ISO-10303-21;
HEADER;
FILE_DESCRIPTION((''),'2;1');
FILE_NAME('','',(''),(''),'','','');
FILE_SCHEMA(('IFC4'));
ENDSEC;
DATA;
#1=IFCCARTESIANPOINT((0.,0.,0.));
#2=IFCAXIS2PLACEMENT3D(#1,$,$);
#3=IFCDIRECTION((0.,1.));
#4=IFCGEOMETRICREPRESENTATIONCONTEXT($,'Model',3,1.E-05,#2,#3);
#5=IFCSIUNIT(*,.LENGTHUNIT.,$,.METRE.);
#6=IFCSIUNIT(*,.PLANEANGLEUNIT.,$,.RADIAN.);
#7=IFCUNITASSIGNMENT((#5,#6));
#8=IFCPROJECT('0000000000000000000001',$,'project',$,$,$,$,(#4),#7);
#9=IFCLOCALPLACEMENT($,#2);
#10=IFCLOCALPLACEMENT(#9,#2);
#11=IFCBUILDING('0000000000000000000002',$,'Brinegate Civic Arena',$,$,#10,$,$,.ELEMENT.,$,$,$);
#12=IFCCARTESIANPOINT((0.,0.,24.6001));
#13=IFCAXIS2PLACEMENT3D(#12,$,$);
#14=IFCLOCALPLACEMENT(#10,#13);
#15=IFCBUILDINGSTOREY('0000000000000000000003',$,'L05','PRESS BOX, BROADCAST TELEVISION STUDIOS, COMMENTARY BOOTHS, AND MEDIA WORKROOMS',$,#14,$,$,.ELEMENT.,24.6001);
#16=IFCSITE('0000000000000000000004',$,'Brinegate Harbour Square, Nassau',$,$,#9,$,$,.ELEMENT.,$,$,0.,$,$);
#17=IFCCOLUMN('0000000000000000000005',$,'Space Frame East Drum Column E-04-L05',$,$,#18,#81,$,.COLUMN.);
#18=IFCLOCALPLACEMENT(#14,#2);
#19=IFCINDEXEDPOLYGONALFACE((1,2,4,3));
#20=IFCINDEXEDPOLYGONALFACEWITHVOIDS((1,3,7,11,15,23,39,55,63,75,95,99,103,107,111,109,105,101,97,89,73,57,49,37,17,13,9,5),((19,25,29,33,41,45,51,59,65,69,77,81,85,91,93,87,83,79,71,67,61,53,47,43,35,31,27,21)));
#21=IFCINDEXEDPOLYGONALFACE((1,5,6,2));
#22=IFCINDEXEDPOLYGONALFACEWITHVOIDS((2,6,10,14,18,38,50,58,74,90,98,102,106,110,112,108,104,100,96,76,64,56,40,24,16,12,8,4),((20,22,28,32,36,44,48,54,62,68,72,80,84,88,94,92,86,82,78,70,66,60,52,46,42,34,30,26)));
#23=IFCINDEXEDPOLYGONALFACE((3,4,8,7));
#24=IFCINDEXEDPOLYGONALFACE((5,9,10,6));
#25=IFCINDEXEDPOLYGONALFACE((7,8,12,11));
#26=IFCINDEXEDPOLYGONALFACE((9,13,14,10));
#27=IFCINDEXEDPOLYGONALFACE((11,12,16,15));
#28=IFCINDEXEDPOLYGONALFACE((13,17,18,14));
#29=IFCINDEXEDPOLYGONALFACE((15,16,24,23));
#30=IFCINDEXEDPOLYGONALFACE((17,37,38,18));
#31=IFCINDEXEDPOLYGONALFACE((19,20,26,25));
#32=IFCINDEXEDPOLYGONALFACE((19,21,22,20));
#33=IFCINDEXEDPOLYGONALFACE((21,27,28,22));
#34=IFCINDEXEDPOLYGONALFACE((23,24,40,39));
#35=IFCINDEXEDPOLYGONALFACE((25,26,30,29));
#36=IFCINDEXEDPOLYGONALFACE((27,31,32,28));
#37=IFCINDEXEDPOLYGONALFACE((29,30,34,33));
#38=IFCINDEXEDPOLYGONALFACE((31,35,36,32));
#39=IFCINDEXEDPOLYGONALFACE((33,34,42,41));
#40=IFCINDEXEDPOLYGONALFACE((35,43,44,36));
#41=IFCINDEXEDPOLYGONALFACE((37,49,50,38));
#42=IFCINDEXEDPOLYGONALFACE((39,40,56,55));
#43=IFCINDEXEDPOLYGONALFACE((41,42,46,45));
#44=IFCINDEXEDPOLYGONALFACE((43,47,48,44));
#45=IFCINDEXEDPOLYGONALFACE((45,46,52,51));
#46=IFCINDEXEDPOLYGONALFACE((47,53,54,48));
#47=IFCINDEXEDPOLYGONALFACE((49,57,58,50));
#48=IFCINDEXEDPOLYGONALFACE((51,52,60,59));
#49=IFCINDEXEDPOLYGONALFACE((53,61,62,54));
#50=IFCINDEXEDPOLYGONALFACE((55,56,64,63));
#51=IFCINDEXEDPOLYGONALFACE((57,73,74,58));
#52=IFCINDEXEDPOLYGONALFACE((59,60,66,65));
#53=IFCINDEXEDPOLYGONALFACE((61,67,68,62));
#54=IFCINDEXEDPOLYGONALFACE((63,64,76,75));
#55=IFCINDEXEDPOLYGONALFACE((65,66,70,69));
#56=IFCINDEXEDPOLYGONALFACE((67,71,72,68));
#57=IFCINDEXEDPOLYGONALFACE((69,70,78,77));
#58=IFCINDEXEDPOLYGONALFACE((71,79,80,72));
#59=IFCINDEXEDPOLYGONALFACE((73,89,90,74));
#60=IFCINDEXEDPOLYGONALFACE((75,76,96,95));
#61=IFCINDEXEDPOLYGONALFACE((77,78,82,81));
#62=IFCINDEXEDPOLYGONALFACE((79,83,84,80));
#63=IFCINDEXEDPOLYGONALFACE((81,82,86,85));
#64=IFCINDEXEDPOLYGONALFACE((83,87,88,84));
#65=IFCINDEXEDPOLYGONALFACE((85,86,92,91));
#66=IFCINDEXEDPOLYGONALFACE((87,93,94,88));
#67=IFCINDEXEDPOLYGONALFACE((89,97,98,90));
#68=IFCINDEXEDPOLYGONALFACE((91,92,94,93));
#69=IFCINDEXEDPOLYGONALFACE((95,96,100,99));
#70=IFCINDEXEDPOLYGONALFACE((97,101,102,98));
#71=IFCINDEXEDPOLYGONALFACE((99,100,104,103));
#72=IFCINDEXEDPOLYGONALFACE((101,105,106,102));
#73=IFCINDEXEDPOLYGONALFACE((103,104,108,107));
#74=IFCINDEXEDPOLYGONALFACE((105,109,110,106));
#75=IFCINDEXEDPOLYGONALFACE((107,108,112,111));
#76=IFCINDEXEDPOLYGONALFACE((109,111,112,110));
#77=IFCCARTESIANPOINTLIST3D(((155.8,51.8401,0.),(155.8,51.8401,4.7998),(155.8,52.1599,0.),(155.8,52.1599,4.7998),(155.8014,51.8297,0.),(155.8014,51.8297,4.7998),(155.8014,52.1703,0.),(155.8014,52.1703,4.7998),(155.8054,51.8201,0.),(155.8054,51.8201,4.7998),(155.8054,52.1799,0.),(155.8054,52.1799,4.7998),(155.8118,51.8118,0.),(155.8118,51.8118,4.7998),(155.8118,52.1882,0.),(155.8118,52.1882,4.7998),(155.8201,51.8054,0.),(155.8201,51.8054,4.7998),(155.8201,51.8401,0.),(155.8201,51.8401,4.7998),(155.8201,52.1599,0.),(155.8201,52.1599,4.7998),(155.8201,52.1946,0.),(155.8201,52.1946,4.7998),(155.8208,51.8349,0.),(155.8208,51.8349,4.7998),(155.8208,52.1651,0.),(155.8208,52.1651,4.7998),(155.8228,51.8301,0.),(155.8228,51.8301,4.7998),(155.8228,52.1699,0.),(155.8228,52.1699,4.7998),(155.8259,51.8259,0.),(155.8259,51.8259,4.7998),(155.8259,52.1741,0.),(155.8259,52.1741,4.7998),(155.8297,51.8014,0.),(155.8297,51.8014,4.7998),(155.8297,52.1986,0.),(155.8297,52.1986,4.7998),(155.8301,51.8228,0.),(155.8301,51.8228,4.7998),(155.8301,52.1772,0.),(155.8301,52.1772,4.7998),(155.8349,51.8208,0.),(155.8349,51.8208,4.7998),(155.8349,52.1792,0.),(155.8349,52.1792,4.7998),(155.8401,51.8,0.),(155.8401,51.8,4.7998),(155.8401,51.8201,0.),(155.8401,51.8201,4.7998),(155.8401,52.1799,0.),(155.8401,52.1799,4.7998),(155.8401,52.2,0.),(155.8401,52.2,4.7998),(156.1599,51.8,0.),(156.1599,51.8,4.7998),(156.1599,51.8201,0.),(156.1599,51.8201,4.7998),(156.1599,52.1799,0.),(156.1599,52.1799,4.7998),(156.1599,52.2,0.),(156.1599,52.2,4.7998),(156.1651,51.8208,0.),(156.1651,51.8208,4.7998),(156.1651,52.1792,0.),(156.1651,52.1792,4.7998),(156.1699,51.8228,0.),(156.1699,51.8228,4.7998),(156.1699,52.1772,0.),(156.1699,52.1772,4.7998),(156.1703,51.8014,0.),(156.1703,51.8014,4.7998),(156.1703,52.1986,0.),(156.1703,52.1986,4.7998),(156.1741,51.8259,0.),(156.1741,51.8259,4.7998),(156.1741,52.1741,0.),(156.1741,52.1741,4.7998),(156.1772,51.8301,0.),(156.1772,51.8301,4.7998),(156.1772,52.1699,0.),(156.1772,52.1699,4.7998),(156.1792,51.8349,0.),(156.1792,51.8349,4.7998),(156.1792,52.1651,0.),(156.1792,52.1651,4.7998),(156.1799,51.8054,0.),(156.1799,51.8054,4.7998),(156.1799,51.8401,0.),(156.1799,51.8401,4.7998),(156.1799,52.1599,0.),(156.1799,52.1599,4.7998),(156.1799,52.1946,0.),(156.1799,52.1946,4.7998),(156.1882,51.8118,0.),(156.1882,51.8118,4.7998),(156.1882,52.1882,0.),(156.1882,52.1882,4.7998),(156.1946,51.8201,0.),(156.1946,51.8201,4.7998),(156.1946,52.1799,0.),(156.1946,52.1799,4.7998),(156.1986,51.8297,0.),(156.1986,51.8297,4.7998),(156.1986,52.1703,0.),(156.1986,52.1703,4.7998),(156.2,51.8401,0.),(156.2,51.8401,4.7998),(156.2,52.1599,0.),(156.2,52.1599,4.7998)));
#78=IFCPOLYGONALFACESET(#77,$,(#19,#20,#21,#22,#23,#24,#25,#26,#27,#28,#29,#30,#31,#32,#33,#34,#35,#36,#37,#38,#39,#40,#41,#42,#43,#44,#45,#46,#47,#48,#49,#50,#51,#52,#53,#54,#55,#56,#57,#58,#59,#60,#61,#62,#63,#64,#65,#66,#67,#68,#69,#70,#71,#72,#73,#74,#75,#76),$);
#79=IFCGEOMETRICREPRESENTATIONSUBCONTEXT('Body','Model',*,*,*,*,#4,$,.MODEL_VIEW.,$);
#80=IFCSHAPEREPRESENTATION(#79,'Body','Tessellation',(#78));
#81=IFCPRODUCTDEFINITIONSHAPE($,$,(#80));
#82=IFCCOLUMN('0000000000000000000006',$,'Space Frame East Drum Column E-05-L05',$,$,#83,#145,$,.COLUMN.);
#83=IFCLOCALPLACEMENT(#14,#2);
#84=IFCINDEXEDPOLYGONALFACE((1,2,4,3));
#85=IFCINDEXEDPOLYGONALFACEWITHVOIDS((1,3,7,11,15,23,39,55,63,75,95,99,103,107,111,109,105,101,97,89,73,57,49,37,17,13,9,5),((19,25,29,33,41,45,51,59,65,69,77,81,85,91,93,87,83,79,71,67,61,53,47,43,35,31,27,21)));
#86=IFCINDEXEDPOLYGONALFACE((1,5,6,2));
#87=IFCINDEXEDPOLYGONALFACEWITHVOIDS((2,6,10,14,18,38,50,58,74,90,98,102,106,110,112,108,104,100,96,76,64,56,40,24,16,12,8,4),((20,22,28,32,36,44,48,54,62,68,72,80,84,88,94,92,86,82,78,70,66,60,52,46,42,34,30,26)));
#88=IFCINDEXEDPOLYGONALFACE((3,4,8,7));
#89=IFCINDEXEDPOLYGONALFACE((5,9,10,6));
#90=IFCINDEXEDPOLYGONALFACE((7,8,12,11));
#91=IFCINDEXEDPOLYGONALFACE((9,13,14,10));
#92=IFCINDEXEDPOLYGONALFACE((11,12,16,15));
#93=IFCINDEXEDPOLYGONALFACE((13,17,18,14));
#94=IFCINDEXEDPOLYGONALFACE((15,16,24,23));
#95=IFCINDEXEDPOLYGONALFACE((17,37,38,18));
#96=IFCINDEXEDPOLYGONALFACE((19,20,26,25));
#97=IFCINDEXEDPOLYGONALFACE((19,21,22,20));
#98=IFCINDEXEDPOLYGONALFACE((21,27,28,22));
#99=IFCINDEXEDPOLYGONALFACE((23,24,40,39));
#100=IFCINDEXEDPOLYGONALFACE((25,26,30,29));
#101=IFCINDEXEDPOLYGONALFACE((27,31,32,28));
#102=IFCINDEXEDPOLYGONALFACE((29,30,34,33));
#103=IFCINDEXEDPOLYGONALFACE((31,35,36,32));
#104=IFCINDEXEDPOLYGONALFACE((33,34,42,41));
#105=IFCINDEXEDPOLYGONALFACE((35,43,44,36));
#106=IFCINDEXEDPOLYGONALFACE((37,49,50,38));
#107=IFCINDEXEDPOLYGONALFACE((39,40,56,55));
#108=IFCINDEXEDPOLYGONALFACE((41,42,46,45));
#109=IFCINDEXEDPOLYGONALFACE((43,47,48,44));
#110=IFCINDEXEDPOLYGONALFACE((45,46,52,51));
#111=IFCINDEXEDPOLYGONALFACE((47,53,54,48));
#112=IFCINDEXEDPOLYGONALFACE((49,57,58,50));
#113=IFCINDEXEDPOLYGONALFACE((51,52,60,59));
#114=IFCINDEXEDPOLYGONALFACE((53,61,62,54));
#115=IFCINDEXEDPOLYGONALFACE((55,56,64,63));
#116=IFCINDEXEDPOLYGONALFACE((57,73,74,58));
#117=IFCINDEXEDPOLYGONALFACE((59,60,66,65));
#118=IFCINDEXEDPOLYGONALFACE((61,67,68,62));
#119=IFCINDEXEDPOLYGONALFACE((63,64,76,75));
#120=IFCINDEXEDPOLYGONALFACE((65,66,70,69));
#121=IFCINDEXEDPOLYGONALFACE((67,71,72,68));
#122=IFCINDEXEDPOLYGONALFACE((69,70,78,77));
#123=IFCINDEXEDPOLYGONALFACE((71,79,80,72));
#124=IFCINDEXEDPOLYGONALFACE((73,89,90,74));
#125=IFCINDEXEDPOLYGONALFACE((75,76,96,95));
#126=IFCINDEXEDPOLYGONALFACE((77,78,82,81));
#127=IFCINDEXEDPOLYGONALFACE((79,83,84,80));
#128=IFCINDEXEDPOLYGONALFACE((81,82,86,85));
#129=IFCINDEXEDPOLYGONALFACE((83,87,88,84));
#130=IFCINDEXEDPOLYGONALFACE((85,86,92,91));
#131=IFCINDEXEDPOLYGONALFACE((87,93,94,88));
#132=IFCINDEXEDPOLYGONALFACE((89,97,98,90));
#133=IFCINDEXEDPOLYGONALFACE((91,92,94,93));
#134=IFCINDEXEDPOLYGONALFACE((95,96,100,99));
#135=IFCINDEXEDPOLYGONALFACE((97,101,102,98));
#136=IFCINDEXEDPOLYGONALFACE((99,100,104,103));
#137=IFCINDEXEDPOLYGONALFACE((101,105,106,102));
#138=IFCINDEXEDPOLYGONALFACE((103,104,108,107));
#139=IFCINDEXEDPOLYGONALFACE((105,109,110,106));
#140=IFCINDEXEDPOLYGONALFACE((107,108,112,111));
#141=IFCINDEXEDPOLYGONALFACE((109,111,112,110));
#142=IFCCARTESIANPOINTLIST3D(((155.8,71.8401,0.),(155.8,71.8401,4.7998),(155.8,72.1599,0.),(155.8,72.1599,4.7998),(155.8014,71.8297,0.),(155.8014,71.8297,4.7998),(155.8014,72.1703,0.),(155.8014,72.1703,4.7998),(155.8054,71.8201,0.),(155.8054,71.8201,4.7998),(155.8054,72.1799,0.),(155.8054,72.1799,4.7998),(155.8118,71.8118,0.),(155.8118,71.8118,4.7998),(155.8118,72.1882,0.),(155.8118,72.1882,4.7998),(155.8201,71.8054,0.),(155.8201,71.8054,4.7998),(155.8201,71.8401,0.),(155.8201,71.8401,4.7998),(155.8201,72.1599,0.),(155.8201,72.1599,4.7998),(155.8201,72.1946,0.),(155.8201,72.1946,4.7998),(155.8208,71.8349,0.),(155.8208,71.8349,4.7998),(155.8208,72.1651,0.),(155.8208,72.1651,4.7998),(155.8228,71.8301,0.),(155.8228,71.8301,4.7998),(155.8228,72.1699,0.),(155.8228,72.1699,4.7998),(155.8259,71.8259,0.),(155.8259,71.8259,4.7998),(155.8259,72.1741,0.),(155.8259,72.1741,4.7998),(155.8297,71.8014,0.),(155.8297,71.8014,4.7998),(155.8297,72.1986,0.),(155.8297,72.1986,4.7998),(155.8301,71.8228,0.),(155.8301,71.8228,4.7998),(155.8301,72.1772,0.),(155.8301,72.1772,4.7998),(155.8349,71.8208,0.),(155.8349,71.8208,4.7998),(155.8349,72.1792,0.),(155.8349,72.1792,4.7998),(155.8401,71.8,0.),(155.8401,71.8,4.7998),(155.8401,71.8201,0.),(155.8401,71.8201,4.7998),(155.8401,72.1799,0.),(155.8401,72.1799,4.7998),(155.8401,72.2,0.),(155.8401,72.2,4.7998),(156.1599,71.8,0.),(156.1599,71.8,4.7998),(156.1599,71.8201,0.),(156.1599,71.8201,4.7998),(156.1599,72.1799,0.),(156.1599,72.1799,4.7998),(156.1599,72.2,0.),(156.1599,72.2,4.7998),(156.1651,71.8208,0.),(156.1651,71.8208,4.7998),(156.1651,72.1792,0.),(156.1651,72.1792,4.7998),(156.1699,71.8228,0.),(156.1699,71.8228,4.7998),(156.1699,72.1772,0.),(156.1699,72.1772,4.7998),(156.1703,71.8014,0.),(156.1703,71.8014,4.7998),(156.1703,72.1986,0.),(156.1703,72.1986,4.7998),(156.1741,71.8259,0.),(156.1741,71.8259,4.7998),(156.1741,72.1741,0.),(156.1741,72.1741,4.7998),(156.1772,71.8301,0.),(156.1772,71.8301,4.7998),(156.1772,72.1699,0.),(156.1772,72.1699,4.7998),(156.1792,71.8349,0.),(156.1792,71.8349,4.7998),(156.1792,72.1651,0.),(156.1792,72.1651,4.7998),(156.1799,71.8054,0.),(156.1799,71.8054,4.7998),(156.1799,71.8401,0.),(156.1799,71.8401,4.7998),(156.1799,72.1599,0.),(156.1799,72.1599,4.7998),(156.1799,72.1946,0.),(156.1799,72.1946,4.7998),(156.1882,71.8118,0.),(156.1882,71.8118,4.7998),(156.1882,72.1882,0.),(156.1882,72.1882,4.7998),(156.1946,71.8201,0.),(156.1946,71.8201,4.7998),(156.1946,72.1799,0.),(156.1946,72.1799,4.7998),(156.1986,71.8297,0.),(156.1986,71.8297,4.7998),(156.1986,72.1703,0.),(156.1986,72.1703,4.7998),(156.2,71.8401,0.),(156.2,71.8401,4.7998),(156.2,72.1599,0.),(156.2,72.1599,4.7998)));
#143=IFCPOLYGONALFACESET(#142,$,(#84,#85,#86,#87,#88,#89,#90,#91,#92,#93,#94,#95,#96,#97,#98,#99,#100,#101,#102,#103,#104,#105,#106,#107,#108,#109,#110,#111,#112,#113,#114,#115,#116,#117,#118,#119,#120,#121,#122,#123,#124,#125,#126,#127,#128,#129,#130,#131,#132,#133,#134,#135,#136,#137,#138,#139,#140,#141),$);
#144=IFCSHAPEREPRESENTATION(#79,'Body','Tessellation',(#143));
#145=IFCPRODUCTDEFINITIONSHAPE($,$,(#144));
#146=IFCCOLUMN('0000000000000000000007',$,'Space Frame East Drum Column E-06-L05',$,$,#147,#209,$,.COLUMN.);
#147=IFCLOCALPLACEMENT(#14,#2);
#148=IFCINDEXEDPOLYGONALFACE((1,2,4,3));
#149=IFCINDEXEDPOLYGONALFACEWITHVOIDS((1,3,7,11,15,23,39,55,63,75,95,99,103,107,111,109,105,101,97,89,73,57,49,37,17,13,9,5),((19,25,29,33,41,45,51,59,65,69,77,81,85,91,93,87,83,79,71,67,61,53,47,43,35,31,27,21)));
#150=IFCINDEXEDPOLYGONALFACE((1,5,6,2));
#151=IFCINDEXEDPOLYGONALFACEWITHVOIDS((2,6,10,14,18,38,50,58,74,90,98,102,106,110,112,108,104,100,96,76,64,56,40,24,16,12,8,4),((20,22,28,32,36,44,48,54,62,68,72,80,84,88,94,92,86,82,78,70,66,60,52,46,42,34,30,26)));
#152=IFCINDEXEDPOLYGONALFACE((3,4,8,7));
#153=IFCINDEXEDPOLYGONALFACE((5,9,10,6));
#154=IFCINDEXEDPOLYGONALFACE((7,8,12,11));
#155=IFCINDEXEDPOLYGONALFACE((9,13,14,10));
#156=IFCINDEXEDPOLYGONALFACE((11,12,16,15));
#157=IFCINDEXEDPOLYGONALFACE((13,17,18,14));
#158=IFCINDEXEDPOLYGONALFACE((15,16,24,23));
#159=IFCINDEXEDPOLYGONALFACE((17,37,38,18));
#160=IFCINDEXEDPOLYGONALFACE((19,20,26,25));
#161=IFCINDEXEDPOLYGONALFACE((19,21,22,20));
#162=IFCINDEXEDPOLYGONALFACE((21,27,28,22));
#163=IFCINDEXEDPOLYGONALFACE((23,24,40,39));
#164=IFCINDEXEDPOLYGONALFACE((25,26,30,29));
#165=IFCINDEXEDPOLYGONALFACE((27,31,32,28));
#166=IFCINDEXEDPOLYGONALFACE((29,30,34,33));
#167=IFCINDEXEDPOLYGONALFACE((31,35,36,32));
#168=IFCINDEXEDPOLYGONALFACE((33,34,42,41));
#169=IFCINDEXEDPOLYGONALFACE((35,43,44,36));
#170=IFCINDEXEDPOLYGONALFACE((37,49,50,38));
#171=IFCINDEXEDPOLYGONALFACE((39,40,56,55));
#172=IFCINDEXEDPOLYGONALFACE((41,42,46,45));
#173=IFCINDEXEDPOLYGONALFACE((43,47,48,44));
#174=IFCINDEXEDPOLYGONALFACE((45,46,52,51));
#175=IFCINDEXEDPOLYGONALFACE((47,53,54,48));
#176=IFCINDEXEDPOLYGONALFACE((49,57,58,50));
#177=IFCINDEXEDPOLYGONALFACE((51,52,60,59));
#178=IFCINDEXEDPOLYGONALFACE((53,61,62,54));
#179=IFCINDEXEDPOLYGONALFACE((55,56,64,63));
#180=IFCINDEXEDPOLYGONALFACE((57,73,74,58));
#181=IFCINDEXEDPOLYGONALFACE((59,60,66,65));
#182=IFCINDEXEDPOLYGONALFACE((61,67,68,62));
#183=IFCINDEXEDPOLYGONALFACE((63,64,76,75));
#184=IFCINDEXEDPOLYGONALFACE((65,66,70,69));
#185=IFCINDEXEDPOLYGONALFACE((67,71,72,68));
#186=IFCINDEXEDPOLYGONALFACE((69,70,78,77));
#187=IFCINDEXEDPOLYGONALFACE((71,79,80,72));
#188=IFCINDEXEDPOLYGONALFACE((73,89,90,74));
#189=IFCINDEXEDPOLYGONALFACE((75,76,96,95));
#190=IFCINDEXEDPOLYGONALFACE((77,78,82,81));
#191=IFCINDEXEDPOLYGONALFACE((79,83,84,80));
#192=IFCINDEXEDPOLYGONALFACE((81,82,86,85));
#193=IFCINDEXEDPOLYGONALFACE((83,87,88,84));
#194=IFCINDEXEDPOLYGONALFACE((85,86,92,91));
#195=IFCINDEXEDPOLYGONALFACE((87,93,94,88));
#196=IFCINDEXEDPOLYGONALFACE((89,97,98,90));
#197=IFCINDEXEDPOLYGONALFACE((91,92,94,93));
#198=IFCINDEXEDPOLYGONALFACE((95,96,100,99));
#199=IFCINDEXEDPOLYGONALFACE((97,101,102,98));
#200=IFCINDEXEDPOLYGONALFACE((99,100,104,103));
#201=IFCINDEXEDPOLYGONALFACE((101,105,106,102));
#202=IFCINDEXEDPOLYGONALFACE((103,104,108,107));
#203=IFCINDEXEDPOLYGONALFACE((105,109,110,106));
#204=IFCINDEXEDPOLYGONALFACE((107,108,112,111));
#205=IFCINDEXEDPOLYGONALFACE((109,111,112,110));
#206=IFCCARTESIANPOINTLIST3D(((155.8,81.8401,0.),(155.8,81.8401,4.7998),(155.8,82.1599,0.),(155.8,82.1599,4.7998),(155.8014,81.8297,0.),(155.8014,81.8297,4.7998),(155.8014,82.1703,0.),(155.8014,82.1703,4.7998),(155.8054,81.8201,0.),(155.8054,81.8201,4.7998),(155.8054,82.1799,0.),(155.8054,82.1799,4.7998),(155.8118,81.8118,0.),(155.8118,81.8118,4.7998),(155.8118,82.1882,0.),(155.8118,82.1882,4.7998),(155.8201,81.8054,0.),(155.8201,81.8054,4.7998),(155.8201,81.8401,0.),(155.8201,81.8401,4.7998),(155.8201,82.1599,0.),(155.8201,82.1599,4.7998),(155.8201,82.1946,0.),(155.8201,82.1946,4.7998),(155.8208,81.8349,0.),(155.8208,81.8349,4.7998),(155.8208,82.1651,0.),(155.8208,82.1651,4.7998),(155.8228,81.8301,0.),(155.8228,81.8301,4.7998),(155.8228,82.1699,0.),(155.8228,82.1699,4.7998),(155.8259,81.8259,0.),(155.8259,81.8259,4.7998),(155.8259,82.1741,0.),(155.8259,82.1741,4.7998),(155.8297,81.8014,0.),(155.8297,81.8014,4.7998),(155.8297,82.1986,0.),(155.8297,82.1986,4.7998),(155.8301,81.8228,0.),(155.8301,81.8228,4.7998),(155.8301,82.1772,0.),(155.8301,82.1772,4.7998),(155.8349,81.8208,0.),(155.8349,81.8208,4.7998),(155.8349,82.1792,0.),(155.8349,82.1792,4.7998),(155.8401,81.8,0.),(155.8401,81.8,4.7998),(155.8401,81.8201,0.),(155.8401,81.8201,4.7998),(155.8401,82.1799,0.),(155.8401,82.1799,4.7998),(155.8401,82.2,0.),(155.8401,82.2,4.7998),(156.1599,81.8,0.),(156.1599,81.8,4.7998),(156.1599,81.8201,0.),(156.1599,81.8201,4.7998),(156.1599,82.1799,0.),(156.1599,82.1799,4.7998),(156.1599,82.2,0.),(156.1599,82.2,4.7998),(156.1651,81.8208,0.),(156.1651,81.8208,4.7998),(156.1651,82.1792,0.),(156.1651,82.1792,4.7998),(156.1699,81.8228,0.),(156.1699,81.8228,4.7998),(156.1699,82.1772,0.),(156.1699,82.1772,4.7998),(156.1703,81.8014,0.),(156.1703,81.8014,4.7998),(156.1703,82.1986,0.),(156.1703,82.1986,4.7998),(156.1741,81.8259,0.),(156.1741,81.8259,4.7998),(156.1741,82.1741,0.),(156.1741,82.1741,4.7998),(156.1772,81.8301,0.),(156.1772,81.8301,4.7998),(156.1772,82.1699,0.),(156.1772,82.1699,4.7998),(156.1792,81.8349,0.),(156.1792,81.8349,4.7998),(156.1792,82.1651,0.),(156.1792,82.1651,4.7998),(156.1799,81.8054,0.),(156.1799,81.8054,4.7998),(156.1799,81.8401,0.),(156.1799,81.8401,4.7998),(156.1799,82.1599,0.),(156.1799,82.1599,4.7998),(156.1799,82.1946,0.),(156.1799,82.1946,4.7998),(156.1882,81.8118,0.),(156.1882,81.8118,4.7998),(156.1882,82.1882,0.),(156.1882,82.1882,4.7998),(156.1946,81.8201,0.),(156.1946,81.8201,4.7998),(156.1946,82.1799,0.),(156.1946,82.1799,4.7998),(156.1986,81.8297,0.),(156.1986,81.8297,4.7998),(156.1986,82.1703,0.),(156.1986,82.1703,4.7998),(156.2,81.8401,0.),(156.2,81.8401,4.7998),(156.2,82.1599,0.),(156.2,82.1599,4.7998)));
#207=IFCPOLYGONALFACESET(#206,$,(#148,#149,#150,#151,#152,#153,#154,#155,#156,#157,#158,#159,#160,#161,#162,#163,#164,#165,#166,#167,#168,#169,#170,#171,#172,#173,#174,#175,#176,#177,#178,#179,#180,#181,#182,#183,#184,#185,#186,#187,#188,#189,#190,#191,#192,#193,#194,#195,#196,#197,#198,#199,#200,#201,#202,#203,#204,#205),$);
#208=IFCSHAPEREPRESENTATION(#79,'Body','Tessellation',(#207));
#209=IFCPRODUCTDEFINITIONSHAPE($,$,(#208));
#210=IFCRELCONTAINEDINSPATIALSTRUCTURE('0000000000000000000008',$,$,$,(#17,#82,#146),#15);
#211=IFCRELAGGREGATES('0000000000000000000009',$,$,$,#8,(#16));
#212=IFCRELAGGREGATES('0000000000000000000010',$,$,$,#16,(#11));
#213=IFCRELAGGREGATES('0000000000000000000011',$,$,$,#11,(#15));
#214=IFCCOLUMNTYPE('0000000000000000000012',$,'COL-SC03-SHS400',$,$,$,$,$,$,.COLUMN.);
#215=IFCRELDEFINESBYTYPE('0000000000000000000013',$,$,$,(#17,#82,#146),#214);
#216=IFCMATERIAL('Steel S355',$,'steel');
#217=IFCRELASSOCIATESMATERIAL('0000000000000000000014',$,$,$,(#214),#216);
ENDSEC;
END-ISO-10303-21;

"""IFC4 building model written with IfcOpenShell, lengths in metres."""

from ifc_helpers import new_model, si_unit, direction, frame, origin, origin_2d, place, context, subcontext, project, spatial, hollow_rectangle, extrude, material, material_profile, profile_set, type_object, element, save


model = new_model("IFC4")

# Units and contexts
model_context = context("Model", 3, precision=1e-05, world=origin(), true_north=direction((0.0, 1.0)))
body_context = subcontext(model_context, "Body", "Model", "MODEL_VIEW")
ifc_project = project(units=[si_unit("LENGTHUNIT", "METRE"), si_unit("PLANEANGLEUNIT", "RADIAN")], contexts=[model_context])

# Site, building, storey
site_placement = place(None, origin())
site = spatial("IfcSite", under=ifc_project, at=site_placement, Name="Brinegate Harbour Square, Nassau", CompositionType="ELEMENT", RefElevation=0.0)
building_placement = place(site_placement, origin())
building = spatial("IfcBuilding", under=site, at=building_placement, Name="Brinegate Civic Arena", CompositionType="ELEMENT")
storey_placement = place(building_placement, frame((0.0, 0.0, 24.6001)))
storey = spatial("IfcBuildingStorey", under=building, at=storey_placement, Name="L05", Description="PRESS BOX, BROADCAST TELEVISION STUDIOS, COMMENTARY BOOTHS, AND MEDIA WORKROOMS", CompositionType="ELEMENT", Elevation=24.6001)

# Columns
ifc_material_1 = material(Name="Steel S355", Category="steel")
ifc_material_profile_1 = material_profile(ifc_material_1, hollow_rectangle(XDim=0.3999, YDim=0.3999, WallThickness=0.02, InnerFilletRadius=0.02, OuterFilletRadius=0.04, at=origin_2d()), Name="SHS400X20")
ifc_profile_set_1 = profile_set([ifc_material_profile_1], Name="Steel S355")
column_type = type_object("IfcColumnType", Name="COL-SC03-SHS400", PredefinedType="COLUMN", material=ifc_profile_set_1)
for number, where, z_axis, x_axis, name in (
    (1, (156.0, 52.0, 0.0), (0.0, 0.0, 1.0), (1.0, 0.0, 0.0), "Space Frame East Drum Column E-04-L05"),
    (2, (156.0, 72.0, 0.0), (0.0, 0.0, 1.0), (1.0, 0.0, 0.0), "Space Frame East Drum Column E-05-L05"),
    (3, (156.0, 82.0, 0.0), (0.0, 0.0, 1.0), (1.0, 0.0, 0.0), "Space Frame East Drum Column E-06-L05"),
):
    element("IfcColumn", number, at=place(storey_placement, frame(where, z_axis=z_axis, x_axis=x_axis)), inside=storey, type_object=column_type, Name=name, PredefinedType="COLUMN", context=body_context, shape_type="SweptSolid", body=[
        extrude(hollow_rectangle(XDim=0.3999, YDim=0.3999, WallThickness=0.02, InnerFilletRadius=0.02, OuterFilletRadius=0.04, at=origin_2d()), origin(), (0.0, 0.0, 1.0), 4.7998),
    ])

save(model, "model.ifc")
